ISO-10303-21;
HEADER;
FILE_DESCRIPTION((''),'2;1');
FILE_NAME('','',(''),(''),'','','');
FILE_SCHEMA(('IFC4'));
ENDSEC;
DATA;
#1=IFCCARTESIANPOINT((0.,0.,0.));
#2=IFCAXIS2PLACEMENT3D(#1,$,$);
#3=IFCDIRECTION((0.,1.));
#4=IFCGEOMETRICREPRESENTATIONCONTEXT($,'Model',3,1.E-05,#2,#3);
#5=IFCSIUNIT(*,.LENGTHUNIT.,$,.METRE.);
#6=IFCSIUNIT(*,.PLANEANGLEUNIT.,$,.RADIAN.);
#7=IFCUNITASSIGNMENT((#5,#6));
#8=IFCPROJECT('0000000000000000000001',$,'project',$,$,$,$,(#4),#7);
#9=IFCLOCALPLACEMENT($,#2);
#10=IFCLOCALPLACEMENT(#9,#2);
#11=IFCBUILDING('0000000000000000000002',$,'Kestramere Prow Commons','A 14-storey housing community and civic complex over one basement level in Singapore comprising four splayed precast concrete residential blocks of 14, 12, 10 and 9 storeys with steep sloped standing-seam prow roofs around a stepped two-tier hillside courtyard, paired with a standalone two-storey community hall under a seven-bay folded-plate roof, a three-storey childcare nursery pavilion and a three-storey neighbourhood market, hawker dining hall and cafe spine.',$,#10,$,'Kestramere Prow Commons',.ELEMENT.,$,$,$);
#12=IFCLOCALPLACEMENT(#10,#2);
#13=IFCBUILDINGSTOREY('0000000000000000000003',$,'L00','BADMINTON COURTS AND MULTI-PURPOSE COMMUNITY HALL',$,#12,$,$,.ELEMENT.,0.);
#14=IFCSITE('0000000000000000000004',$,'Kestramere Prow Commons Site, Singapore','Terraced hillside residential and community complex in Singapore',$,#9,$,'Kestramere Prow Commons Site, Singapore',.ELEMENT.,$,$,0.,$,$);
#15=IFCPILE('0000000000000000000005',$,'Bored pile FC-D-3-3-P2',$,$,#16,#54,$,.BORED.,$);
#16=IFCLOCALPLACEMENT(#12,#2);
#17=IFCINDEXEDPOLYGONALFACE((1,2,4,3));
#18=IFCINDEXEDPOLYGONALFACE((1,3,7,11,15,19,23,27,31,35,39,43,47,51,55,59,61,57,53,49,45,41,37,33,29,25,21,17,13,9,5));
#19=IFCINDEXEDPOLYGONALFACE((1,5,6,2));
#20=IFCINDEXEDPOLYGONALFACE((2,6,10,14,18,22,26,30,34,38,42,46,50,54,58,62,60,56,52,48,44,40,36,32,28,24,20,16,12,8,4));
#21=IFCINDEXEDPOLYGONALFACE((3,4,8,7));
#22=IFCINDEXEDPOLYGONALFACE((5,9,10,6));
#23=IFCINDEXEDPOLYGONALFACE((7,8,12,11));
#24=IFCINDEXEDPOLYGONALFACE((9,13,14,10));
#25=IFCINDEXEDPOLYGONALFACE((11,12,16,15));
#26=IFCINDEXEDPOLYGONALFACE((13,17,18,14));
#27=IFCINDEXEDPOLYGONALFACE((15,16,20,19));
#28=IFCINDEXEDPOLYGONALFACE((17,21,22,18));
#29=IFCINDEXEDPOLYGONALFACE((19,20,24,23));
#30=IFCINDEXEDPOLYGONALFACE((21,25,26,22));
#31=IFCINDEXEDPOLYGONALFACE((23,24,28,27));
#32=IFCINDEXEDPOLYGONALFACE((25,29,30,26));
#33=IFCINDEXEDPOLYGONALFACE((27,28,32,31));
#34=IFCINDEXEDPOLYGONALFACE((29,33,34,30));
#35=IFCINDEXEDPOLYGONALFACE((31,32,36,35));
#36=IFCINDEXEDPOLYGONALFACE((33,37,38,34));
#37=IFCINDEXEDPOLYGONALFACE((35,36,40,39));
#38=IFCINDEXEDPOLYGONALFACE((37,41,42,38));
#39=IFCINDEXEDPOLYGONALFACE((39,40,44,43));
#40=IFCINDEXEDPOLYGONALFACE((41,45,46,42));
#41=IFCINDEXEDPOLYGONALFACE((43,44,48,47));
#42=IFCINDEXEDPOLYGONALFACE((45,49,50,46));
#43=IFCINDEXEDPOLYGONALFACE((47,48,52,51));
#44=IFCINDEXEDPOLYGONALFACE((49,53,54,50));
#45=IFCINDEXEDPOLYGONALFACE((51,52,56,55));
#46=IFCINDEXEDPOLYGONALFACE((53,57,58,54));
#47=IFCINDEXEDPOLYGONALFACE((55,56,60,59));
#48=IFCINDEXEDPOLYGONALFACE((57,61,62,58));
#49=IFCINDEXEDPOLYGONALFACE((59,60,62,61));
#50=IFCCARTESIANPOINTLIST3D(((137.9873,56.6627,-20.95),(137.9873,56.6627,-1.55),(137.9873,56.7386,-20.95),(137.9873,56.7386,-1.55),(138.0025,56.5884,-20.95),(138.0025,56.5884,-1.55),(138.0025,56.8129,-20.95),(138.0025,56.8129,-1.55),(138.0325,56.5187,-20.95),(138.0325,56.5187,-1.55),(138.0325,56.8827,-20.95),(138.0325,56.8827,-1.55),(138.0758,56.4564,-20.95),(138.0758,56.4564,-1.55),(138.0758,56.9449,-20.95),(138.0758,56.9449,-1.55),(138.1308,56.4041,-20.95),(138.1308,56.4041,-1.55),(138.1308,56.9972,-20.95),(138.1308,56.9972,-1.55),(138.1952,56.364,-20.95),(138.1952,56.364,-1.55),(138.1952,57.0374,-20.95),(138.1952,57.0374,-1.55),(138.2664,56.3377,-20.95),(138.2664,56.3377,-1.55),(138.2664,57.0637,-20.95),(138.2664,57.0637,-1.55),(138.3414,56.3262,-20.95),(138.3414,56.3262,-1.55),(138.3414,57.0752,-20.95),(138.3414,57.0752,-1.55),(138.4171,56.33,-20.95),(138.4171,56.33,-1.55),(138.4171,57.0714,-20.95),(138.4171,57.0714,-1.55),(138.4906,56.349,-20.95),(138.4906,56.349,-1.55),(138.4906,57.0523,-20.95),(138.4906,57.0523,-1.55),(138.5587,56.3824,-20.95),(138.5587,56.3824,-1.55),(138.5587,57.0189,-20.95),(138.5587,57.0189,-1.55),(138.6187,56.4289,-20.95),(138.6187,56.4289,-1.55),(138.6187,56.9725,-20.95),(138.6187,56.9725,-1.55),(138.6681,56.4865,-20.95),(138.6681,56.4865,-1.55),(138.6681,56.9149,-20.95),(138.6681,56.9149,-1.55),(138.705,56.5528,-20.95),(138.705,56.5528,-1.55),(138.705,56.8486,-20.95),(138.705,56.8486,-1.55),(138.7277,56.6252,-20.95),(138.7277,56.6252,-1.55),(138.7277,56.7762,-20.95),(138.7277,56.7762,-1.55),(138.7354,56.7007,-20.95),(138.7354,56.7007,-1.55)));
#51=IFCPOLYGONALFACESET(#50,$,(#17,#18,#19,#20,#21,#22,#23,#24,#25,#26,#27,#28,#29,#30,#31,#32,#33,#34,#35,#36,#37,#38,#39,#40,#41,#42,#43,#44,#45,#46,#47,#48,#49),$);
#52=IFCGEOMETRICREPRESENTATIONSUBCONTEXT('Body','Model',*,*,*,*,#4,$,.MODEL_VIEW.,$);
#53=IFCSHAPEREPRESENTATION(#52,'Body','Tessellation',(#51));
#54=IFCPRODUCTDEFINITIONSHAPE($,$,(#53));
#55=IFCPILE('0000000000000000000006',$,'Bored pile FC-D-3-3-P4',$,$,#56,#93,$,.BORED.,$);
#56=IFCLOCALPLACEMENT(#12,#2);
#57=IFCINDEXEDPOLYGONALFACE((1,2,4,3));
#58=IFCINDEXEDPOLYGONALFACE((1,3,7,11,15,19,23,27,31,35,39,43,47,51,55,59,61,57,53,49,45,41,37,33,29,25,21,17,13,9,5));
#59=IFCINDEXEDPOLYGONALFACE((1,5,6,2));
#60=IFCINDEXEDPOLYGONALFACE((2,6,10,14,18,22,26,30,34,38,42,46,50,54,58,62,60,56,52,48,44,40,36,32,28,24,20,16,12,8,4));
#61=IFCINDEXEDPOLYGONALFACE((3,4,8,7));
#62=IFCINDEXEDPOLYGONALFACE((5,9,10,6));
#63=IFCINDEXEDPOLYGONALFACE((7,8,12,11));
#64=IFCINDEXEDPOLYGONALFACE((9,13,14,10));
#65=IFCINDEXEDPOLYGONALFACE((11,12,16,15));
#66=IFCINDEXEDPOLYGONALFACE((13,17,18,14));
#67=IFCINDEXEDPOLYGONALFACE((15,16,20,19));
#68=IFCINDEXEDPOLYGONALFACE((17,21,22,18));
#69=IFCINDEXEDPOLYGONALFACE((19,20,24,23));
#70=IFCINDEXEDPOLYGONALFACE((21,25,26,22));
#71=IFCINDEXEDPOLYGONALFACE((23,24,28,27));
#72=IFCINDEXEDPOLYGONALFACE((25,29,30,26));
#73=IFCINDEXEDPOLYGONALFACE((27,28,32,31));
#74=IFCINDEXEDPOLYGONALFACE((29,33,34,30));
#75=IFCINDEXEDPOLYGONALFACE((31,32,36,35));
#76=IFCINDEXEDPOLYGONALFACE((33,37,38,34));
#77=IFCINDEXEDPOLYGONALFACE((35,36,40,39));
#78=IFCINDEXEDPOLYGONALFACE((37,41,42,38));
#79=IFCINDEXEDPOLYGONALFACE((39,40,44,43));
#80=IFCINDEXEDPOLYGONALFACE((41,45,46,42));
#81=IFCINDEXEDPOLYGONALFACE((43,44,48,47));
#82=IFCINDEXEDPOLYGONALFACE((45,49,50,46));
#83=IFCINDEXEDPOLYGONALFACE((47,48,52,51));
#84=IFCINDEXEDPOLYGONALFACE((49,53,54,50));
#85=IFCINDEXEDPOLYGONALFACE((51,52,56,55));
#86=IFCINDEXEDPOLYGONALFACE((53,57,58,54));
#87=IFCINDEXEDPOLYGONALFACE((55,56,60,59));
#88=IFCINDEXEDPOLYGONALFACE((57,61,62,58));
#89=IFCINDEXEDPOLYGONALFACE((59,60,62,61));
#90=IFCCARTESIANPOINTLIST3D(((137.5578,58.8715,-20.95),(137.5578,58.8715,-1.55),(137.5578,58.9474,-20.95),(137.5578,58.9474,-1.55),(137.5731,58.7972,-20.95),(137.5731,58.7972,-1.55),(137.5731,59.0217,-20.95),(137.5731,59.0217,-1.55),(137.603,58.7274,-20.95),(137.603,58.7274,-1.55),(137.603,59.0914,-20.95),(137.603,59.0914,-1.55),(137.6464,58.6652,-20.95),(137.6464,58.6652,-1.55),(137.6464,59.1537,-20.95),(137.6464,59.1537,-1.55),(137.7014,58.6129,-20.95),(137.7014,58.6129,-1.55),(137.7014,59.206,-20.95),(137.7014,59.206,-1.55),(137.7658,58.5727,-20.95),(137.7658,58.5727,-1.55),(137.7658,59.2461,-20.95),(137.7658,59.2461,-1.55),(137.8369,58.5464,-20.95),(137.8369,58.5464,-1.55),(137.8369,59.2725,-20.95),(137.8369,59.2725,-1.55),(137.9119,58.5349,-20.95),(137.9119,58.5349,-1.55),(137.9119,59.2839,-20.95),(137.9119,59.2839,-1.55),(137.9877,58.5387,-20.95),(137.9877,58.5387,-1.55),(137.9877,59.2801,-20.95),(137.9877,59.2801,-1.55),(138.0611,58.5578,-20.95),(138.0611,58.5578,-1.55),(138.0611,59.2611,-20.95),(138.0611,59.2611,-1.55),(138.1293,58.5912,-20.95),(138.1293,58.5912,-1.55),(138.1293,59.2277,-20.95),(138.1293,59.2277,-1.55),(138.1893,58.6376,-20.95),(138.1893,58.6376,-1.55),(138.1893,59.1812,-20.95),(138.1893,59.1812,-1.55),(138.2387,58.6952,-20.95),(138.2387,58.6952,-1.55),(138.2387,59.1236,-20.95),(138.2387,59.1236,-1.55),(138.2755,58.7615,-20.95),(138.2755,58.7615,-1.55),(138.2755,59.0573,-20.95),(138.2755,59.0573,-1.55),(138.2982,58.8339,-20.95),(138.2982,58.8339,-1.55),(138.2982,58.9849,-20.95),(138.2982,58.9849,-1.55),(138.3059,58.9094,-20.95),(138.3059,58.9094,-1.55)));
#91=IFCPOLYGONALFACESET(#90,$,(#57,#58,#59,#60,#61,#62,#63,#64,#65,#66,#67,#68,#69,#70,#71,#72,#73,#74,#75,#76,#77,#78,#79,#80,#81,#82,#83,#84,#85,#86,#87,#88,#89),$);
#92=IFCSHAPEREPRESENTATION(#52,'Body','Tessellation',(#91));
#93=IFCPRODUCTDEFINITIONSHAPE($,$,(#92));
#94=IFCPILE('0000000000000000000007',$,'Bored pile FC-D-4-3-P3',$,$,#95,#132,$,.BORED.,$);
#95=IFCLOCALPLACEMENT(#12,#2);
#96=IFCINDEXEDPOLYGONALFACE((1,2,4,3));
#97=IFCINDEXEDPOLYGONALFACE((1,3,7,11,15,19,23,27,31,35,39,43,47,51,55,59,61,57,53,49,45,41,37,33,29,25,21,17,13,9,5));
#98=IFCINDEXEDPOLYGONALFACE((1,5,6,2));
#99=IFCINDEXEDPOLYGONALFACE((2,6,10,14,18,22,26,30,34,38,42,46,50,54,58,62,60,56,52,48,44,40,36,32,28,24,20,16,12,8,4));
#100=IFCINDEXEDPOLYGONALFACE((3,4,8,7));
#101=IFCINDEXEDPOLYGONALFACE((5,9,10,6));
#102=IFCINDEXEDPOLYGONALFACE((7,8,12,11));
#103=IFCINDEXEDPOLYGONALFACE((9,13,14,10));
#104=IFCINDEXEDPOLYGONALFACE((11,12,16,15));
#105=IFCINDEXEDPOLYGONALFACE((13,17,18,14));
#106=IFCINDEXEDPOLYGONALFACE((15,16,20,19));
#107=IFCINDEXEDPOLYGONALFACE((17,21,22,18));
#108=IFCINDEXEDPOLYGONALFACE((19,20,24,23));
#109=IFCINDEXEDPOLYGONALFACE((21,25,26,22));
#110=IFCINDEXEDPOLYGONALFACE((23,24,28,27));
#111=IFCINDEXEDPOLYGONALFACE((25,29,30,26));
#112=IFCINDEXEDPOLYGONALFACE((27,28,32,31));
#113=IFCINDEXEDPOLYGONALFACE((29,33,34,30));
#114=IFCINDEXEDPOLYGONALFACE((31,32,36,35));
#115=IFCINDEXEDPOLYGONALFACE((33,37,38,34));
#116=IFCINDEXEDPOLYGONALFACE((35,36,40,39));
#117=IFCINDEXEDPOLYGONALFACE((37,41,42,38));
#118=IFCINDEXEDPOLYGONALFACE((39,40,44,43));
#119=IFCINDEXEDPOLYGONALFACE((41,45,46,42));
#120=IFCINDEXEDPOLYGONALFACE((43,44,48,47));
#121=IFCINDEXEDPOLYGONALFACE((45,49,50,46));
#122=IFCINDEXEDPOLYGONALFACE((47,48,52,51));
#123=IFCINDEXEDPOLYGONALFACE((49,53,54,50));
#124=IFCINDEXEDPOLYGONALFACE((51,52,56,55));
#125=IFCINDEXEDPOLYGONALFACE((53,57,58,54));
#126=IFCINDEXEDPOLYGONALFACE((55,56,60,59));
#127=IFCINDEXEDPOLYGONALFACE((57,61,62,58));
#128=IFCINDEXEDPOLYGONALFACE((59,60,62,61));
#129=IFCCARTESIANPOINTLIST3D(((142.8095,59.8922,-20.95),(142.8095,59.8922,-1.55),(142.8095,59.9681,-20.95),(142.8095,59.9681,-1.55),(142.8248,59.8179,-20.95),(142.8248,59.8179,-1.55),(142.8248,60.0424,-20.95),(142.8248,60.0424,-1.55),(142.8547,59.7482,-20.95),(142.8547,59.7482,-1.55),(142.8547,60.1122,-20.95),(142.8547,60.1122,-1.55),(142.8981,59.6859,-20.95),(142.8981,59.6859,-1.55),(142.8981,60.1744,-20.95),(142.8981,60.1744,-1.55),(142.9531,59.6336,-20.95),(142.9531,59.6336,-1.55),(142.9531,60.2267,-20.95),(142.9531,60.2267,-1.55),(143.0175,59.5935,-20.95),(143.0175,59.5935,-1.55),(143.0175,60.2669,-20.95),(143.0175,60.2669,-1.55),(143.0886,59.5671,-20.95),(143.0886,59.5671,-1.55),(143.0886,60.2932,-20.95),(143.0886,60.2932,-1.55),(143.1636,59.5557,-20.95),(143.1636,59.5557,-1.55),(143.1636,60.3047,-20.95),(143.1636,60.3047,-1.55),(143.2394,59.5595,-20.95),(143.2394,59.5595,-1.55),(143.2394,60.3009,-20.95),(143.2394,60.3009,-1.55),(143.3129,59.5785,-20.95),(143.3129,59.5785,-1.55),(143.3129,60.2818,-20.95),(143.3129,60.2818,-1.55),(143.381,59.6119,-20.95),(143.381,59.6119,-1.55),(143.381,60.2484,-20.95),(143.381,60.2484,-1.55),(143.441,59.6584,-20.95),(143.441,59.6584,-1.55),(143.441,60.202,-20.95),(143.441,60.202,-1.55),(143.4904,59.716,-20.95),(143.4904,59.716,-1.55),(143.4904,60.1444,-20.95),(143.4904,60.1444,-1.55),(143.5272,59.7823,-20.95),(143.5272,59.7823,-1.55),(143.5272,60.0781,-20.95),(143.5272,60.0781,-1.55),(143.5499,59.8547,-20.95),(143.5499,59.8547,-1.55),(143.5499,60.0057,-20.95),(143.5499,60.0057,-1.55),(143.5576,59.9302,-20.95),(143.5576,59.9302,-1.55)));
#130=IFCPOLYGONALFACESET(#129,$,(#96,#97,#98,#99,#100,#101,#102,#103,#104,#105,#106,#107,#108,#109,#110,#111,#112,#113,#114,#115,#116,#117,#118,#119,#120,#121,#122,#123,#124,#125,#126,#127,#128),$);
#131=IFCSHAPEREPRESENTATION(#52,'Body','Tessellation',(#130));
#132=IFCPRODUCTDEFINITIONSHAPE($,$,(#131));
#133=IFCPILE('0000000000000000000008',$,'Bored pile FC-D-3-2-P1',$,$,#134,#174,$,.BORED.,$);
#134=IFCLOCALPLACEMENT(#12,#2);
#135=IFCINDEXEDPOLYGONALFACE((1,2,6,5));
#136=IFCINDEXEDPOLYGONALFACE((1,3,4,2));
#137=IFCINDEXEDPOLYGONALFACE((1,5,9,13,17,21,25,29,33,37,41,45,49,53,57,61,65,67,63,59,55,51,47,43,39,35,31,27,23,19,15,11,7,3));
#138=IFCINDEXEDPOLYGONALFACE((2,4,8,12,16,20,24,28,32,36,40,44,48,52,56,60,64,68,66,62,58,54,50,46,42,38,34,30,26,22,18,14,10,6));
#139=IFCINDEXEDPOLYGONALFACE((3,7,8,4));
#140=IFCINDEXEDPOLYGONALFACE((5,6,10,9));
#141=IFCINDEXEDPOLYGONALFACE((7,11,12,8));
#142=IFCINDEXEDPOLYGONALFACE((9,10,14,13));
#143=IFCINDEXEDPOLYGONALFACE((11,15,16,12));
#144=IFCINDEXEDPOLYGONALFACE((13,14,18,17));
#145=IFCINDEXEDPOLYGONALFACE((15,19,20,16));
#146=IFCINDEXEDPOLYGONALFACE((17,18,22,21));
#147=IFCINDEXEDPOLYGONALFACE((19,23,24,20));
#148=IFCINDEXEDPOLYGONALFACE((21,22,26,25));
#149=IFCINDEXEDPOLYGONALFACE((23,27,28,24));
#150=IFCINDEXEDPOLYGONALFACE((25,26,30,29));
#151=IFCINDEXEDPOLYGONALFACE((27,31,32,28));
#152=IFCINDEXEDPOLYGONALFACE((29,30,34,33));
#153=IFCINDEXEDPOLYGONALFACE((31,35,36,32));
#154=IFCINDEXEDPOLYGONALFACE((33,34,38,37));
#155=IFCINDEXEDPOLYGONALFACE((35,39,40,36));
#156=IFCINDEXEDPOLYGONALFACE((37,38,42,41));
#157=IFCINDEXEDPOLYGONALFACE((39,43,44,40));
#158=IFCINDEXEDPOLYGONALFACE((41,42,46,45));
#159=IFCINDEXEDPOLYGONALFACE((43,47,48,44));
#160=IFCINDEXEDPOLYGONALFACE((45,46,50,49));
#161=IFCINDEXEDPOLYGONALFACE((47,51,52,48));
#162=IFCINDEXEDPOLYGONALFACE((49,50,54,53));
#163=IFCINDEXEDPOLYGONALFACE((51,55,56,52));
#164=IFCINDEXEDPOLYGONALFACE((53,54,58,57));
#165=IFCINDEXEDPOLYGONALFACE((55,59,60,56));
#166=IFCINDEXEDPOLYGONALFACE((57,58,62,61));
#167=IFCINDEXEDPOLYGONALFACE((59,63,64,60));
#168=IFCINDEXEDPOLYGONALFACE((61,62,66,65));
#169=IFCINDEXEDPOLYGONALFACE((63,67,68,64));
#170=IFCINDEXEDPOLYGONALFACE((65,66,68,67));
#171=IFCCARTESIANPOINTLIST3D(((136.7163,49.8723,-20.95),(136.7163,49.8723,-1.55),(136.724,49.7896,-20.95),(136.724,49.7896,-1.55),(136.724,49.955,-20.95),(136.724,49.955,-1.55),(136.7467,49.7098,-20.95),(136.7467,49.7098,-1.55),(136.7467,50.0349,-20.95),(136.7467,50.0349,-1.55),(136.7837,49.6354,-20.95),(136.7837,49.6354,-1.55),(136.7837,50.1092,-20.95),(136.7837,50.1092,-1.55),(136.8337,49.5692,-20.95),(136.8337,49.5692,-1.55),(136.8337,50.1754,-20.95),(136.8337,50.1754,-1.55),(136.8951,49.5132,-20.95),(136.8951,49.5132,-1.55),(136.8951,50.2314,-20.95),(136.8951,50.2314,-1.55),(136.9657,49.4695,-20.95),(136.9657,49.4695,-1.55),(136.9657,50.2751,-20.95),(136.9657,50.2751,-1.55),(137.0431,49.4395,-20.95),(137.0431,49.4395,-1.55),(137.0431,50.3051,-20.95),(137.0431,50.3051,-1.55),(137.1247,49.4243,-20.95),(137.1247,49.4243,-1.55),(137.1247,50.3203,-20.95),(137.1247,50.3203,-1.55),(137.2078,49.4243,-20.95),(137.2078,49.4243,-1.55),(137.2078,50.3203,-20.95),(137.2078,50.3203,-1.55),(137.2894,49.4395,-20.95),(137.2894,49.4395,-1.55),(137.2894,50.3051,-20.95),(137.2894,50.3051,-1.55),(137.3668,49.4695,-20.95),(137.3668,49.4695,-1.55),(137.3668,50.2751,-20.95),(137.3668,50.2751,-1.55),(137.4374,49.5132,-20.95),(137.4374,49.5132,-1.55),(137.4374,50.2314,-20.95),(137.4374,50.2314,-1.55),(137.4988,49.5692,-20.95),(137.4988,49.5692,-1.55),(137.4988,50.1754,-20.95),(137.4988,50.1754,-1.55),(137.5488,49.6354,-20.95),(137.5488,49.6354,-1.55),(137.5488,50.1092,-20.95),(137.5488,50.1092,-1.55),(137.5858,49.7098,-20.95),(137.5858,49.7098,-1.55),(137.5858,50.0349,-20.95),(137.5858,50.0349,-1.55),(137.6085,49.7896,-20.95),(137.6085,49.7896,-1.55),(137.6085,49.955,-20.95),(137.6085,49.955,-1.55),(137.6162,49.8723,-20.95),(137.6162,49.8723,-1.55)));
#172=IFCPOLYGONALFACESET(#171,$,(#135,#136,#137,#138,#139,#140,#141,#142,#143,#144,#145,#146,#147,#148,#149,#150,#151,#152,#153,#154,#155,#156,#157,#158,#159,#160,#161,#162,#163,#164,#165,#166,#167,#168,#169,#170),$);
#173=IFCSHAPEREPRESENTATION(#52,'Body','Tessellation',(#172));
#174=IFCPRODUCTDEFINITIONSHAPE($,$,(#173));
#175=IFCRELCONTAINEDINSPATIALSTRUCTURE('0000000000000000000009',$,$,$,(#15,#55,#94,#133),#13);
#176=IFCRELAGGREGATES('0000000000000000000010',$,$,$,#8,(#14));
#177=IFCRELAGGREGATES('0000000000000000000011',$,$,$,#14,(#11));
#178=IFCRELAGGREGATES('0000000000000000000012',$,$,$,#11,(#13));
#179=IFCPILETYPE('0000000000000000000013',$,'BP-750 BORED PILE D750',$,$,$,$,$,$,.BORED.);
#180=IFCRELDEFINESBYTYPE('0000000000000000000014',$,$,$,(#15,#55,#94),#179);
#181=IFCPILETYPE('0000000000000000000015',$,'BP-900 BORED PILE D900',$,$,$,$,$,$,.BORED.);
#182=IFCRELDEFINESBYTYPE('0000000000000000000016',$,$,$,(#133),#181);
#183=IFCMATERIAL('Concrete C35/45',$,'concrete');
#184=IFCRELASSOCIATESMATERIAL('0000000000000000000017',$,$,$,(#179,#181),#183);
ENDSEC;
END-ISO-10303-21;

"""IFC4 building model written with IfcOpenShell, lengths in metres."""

from ifc_helpers import new_model, si_unit, direction, frame, origin, origin_2d, place, context, subcontext, project, spatial, circle, extrude, material, material_profile, profile_set, type_object, element, save


model = new_model("IFC4")

# Units and contexts
model_context = context("Model", 3, precision=1e-05, world=origin(), true_north=direction((0.0, 1.0)))
body_context = subcontext(model_context, "Body", "Model", "MODEL_VIEW")
ifc_project = project(units=[si_unit("LENGTHUNIT", "METRE"), si_unit("PLANEANGLEUNIT", "RADIAN")], contexts=[model_context])

# Site, building, storey
site_placement = place(None, origin())
site = spatial("IfcSite", under=ifc_project, at=site_placement, Name="Kestramere Prow Commons Site, Singapore", Description="Terraced hillside residential and community complex in Singapore", LongName="Kestramere Prow Commons Site, Singapore", CompositionType="ELEMENT", RefElevation=0.0)
building_placement = place(site_placement, origin())
building = spatial("IfcBuilding", under=site, at=building_placement, Name="Kestramere Prow Commons", Description="A 14-storey housing community and civic complex over one basement level in Singapore comprising four splayed precast concrete residential blocks of 14, 12, 10 and 9 storeys with steep sloped standing-seam prow roofs around a stepped two-tier hillside courtyard, paired with a standalone two-storey community hall under a seven-bay folded-plate roof, a three-storey childcare nursery pavilion and a three-storey neighbourhood market, hawker dining hall and cafe spine.", LongName="Kestramere Prow Commons", CompositionType="ELEMENT")
storey_placement = place(building_placement, origin())
storey = spatial("IfcBuildingStorey", under=building, at=storey_placement, Name="L00", Description="BADMINTON COURTS AND MULTI-PURPOSE COMMUNITY HALL", CompositionType="ELEMENT", Elevation=0.0)

# Piles
ifc_material_1 = material(Name="Concrete C35/45", Category="concrete")
ifc_material_profile_1 = material_profile(ifc_material_1, circle(Radius=0.375, at=origin_2d()), Name="BORED PILE D750")
ifc_profile_set_1 = profile_set([ifc_material_profile_1], Name="Concrete C35/45")
pile_type_1 = type_object("IfcPileType", Name="BP-750 BORED PILE D750", PredefinedType="BORED", material=ifc_profile_set_1)
for number, where, z_axis, x_axis, name in (
    (1, (138.3604, 56.7007, -1.55), (0.0, 0.0, -1.0), (1.0, 0.0, 0.0), "Bored pile FC-D-3-3-P2"),
    (2, (137.9309, 58.9094, -1.55), (0.0, 0.0, -1.0), (1.0, 0.0, 0.0), "Bored pile FC-D-3-3-P4"),
    (3, (143.1826, 59.9302, -1.55), (0.0, 0.0, -1.0), (1.0, 0.0, 0.0), "Bored pile FC-D-4-3-P3"),
):
    element("IfcPile", number, at=place(storey_placement, frame(where, z_axis=z_axis, x_axis=x_axis)), inside=storey, type_object=pile_type_1, Name=name, PredefinedType="BORED", context=body_context, shape_type="SweptSolid", body=[
        extrude(circle(Radius=0.375, at=origin_2d()), origin(), (0.0, 0.0, 1.0), 19.3999),
    ])
ifc_material_profile_2 = material_profile(ifc_material_1, circle(Radius=0.45, at=origin_2d()), Name="BORED PILE D900")
ifc_profile_set_2 = profile_set([ifc_material_profile_2], Name="Concrete C35/45")
pile_type_2 = type_object("IfcPileType", Name="BP-900 BORED PILE D900", PredefinedType="BORED", material=ifc_profile_set_2)
for number, where, z_axis, x_axis, name in (
    (4, (137.1663, 49.8723, -1.55), (0.0, 0.0, -1.0), (1.0, 0.0, 0.0), "Bored pile FC-D-3-2-P1"),
):
    element("IfcPile", number, at=place(storey_placement, frame(where, z_axis=z_axis, x_axis=x_axis)), inside=storey, type_object=pile_type_2, Name=name, PredefinedType="BORED", context=body_context, shape_type="SweptSolid", body=[
        extrude(circle(Radius=0.45, at=origin_2d()), origin(), (0.0, 0.0, 1.0), 19.3999),
    ])

save(model, "model.ifc")
